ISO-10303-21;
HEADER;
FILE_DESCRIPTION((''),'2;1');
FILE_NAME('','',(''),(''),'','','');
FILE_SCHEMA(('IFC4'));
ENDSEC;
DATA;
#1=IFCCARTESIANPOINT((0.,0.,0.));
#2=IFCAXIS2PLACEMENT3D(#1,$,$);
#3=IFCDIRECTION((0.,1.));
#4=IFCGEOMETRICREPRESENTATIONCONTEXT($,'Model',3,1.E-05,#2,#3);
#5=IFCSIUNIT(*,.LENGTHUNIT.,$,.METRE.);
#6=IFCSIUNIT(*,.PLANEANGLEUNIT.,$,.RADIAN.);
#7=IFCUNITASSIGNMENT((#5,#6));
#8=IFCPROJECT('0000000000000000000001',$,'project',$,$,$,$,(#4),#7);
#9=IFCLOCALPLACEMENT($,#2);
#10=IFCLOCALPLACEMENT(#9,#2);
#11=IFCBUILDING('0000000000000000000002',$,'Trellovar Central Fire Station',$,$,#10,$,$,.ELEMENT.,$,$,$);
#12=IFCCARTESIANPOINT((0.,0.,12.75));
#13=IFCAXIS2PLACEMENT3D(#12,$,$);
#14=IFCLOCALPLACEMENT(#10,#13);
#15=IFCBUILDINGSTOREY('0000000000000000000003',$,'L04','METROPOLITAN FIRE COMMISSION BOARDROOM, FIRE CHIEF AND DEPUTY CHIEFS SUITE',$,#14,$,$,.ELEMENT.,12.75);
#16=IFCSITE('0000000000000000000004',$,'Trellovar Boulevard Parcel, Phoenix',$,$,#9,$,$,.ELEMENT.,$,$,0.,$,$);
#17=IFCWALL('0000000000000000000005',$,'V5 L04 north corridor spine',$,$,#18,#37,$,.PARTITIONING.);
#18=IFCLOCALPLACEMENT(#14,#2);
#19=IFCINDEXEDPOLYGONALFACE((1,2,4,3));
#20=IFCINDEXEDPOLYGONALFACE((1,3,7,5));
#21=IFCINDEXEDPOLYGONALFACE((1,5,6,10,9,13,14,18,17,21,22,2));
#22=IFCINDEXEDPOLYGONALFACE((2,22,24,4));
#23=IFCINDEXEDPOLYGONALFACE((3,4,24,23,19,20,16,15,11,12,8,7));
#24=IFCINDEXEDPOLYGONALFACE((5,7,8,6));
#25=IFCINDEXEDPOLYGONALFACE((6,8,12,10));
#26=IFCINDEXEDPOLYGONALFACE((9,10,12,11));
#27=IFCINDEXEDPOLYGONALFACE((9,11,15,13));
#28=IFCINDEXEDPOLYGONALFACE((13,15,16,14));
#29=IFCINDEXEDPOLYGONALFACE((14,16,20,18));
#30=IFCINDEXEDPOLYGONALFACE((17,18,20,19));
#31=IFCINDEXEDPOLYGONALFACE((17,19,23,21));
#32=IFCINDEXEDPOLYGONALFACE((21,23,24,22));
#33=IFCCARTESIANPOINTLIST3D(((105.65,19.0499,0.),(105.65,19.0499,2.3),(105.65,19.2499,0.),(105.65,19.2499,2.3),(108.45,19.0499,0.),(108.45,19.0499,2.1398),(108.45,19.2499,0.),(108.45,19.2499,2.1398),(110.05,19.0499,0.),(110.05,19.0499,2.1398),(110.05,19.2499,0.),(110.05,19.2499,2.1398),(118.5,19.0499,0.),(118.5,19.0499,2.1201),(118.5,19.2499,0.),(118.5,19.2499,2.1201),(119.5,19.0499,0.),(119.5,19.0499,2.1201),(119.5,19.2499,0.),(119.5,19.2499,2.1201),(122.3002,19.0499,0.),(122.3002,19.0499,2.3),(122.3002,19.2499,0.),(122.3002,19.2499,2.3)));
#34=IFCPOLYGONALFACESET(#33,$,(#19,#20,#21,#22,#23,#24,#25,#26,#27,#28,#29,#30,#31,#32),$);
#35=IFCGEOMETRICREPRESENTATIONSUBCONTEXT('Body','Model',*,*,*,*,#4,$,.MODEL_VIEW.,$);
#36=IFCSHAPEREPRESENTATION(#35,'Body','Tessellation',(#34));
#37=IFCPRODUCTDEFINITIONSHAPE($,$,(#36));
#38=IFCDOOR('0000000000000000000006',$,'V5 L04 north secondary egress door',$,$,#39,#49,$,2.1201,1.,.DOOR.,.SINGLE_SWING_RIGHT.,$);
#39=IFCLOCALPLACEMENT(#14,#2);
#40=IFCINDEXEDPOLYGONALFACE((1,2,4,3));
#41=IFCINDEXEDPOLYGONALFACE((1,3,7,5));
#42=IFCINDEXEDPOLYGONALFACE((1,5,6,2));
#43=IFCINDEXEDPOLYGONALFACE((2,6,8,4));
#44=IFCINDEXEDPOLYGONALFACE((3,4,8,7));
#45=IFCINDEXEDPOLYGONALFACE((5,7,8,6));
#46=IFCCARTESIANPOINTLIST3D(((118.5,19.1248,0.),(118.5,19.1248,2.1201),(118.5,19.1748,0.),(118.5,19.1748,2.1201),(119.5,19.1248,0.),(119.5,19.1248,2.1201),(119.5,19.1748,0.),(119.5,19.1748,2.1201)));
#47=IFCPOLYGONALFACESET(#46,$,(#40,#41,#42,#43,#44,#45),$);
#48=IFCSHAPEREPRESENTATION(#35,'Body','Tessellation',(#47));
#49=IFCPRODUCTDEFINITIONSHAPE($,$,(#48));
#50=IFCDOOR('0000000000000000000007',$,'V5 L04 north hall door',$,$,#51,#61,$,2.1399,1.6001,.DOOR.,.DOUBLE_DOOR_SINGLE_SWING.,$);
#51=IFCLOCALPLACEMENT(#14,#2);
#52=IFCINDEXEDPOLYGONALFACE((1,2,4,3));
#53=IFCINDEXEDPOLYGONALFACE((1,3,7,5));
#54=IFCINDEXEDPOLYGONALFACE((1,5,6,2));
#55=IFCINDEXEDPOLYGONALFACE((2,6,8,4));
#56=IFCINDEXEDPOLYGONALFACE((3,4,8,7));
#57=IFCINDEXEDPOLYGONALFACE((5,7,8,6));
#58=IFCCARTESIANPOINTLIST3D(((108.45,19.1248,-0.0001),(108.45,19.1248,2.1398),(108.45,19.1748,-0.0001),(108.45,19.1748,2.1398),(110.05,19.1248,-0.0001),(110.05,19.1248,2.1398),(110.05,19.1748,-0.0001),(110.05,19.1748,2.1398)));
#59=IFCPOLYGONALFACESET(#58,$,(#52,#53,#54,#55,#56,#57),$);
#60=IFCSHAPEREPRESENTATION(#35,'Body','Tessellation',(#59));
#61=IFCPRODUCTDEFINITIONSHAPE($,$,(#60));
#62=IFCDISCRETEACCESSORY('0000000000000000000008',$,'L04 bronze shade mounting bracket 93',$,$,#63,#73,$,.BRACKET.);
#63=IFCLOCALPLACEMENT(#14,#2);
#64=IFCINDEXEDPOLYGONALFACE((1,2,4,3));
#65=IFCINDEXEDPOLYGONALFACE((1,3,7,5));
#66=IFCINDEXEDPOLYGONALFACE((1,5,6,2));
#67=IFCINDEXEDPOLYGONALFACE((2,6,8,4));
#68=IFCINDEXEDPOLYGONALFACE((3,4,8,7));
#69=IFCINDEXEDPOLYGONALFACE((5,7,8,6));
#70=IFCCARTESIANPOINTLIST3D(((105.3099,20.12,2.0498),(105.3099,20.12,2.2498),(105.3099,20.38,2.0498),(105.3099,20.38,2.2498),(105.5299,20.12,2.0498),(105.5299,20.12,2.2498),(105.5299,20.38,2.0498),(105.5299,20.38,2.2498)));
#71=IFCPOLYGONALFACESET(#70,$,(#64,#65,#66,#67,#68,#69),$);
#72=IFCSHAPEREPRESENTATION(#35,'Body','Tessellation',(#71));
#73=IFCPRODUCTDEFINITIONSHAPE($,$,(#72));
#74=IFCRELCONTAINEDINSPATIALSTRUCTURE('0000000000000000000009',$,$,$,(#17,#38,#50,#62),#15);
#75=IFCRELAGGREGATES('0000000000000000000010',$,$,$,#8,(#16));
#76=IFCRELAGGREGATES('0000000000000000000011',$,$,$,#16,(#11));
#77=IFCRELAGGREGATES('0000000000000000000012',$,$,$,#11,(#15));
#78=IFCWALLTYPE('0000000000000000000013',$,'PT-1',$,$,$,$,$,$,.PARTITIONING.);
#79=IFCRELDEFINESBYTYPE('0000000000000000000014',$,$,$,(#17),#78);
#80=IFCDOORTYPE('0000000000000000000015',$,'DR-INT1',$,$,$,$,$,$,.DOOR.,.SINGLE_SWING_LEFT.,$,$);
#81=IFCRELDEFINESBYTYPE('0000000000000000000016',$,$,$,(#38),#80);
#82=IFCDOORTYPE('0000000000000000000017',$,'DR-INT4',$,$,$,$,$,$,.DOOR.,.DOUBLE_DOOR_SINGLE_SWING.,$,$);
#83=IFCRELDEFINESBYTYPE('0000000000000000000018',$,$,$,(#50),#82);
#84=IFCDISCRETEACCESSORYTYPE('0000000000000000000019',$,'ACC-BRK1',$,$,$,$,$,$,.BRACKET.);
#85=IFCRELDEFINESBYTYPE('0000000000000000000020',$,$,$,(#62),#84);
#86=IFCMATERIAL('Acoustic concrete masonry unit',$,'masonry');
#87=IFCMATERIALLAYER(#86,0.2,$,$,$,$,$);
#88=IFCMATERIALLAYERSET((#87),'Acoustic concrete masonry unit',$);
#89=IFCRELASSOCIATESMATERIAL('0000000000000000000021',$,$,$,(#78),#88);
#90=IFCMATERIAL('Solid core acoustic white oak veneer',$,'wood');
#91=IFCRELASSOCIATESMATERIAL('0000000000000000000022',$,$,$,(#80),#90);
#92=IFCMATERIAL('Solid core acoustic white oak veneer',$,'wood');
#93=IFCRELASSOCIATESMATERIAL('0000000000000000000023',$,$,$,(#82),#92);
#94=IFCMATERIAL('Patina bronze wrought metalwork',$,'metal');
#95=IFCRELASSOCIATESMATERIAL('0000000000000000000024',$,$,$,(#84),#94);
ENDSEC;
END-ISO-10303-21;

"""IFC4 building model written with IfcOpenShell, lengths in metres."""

from ifc_helpers import new_model, si_unit, direction, frame, frame_2d, origin, origin_2d, place, context, subcontext, project, spatial, rectangle, extrude, material, layer, layer_set, type_object, element, fill, save


model = new_model("IFC4")

# Units and contexts
model_context = context("Model", 3, precision=1e-05, world=origin(), true_north=direction((0.0, 1.0)))
body_context = subcontext(model_context, "Body", "Model", "MODEL_VIEW")
ifc_project = project(units=[si_unit("LENGTHUNIT", "METRE"), si_unit("PLANEANGLEUNIT", "RADIAN")], contexts=[model_context])

# Site, building, storey
site_placement = place(None, origin())
site = spatial("IfcSite", under=ifc_project, at=site_placement, Name="Trellovar Boulevard Parcel, Phoenix", CompositionType="ELEMENT", RefElevation=0.0)
building_placement = place(site_placement, origin())
building = spatial("IfcBuilding", under=site, at=building_placement, Name="Trellovar Central Fire Station", CompositionType="ELEMENT")
storey_placement = place(building_placement, frame((0.0, 0.0, 12.75)))
storey = spatial("IfcBuildingStorey", under=building, at=storey_placement, Name="L04", Description="METROPOLITAN FIRE COMMISSION BOARDROOM, FIRE CHIEF AND DEPUTY CHIEFS SUITE", CompositionType="ELEMENT", Elevation=12.75)

# Shared definitions
ifc_material_1 = material(Name="Acoustic concrete masonry unit", Category="masonry")
ifc_layer_1 = layer(ifc_material_1, 0.2)
ifc_layer_set_1 = layer_set([ifc_layer_1], Name="Acoustic concrete masonry unit")
wall_type = type_object("IfcWallType", Name="PT-1", PredefinedType="PARTITIONING", material=ifc_layer_set_1)

# Wall, openings, doors
wall_1_placement = place(storey_placement, frame((105.6499, 19.1499, 0.0), z_axis=(0.0, 0.0, 1.0), x_axis=(1.0, 0.0, 0.0)))
wall_1 = element("IfcWall", 1, at=wall_1_placement, inside=storey, type_object=wall_type, Name="V5 L04 north corridor spine", PredefinedType="PARTITIONING", context=body_context, shape_type="SweptSolid", body=[
    extrude(rectangle(XDim=16.6501, YDim=0.2, at=frame_2d((8.3252, 0.0))), origin(), (0.0, 0.0, 1.0), 2.3),
])
opening_1_placement = place(wall_1_placement, frame((2.8, 0.0, 0.0)))
opening_1 = element("IfcOpeningElement", 2, at=opening_1_placement, cuts=wall_1, PredefinedType="OPENING", context=body_context, shape_type="SweptSolid", body=[
    extrude(rectangle(XDim=1.6001, YDim=2.1399, at=frame_2d((0.8, 1.0698))), frame((0.0, 0.1099, 0.0), z_axis=(0.0, -1.0, 0.0), x_axis=(1.0, 0.0, 0.0)), (0.0, 0.0, 1.0), 0.22),
])
opening_2_placement = place(wall_1_placement, frame((12.8501, 0.0, 0.0)))
opening_2 = element("IfcOpeningElement", 3, at=opening_2_placement, cuts=wall_1, PredefinedType="OPENING", context=body_context, shape_type="SweptSolid", body=[
    extrude(rectangle(XDim=1.0, YDim=2.1201, at=frame_2d((0.5, 1.0601))), frame((0.0, 0.1099, 0.0), z_axis=(0.0, -1.0, 0.0), x_axis=(1.0, 0.0, 0.0)), (0.0, 0.0, 1.0), 0.22),
])
ifc_material_2 = material(Name="Solid core acoustic white oak veneer", Category="wood")
door_type_1 = type_object("IfcDoorType", Name="DR-INT1", OperationType="SINGLE_SWING_LEFT", PredefinedType="DOOR", material=ifc_material_2)
door_1_placement = place(opening_2_placement, origin())
door_1 = element("IfcDoor", 4, at=door_1_placement, inside=storey, type_object=door_type_1, Name="V5 L04 north secondary egress door", OperationType="SINGLE_SWING_RIGHT", OverallHeight=2.1201, OverallWidth=1.0, PredefinedType="DOOR", context=body_context, shape_type="SweptSolid", body=[
    extrude(rectangle(XDim=1.0, YDim=2.1201, at=frame_2d((0.5, 1.0601))), frame((0.0, 0.0249, 0.0), z_axis=(0.0, -1.0, 0.0), x_axis=(1.0, 0.0, 0.0)), (0.0, 0.0, 1.0), 0.05),
])
fill(opening_2, door_1)
ifc_material_3 = material(Name="Solid core acoustic white oak veneer", Category="wood")
door_type_2 = type_object("IfcDoorType", Name="DR-INT4", OperationType="DOUBLE_DOOR_SINGLE_SWING", PredefinedType="DOOR", material=ifc_material_3)
door_2_placement = place(opening_1_placement, origin())
door_2 = element("IfcDoor", 5, at=door_2_placement, inside=storey, type_object=door_type_2, Name="V5 L04 north hall door", OperationType="DOUBLE_DOOR_SINGLE_SWING", OverallHeight=2.1399, OverallWidth=1.6001, PredefinedType="DOOR", context=body_context, shape_type="SweptSolid", body=[
    extrude(rectangle(XDim=1.6001, YDim=2.1399, at=frame_2d((0.8, 1.0698))), frame((0.0, 0.0249, 0.0), z_axis=(0.0, -1.0, 0.0), x_axis=(1.0, 0.0, 0.0)), (0.0, 0.0, 1.0), 0.05),
])
fill(opening_1, door_2)

# Discrete accessory
ifc_material_4 = material(Name="Patina bronze wrought metalwork", Category="metal")
discrete_accessory_type = type_object("IfcDiscreteAccessoryType", Name="ACC-BRK1", PredefinedType="BRACKET", material=ifc_material_4)
discrete_accessory_placement = place(storey_placement, frame((105.4199, 20.25, 2.0498), z_axis=(0.0, 0.0, 1.0), x_axis=(0.0, 1.0, 0.0)))
element("IfcDiscreteAccessory", 6, at=discrete_accessory_placement, inside=storey, type_object=discrete_accessory_type, Name="L04 bronze shade mounting bracket 93", PredefinedType="BRACKET", context=body_context, shape_type="SweptSolid", body=[
    extrude(rectangle(XDim=0.26, YDim=0.22, at=origin_2d()), origin(), (0.0, 0.0, 1.0), 0.2),
])

save(model, "model.ifc")
